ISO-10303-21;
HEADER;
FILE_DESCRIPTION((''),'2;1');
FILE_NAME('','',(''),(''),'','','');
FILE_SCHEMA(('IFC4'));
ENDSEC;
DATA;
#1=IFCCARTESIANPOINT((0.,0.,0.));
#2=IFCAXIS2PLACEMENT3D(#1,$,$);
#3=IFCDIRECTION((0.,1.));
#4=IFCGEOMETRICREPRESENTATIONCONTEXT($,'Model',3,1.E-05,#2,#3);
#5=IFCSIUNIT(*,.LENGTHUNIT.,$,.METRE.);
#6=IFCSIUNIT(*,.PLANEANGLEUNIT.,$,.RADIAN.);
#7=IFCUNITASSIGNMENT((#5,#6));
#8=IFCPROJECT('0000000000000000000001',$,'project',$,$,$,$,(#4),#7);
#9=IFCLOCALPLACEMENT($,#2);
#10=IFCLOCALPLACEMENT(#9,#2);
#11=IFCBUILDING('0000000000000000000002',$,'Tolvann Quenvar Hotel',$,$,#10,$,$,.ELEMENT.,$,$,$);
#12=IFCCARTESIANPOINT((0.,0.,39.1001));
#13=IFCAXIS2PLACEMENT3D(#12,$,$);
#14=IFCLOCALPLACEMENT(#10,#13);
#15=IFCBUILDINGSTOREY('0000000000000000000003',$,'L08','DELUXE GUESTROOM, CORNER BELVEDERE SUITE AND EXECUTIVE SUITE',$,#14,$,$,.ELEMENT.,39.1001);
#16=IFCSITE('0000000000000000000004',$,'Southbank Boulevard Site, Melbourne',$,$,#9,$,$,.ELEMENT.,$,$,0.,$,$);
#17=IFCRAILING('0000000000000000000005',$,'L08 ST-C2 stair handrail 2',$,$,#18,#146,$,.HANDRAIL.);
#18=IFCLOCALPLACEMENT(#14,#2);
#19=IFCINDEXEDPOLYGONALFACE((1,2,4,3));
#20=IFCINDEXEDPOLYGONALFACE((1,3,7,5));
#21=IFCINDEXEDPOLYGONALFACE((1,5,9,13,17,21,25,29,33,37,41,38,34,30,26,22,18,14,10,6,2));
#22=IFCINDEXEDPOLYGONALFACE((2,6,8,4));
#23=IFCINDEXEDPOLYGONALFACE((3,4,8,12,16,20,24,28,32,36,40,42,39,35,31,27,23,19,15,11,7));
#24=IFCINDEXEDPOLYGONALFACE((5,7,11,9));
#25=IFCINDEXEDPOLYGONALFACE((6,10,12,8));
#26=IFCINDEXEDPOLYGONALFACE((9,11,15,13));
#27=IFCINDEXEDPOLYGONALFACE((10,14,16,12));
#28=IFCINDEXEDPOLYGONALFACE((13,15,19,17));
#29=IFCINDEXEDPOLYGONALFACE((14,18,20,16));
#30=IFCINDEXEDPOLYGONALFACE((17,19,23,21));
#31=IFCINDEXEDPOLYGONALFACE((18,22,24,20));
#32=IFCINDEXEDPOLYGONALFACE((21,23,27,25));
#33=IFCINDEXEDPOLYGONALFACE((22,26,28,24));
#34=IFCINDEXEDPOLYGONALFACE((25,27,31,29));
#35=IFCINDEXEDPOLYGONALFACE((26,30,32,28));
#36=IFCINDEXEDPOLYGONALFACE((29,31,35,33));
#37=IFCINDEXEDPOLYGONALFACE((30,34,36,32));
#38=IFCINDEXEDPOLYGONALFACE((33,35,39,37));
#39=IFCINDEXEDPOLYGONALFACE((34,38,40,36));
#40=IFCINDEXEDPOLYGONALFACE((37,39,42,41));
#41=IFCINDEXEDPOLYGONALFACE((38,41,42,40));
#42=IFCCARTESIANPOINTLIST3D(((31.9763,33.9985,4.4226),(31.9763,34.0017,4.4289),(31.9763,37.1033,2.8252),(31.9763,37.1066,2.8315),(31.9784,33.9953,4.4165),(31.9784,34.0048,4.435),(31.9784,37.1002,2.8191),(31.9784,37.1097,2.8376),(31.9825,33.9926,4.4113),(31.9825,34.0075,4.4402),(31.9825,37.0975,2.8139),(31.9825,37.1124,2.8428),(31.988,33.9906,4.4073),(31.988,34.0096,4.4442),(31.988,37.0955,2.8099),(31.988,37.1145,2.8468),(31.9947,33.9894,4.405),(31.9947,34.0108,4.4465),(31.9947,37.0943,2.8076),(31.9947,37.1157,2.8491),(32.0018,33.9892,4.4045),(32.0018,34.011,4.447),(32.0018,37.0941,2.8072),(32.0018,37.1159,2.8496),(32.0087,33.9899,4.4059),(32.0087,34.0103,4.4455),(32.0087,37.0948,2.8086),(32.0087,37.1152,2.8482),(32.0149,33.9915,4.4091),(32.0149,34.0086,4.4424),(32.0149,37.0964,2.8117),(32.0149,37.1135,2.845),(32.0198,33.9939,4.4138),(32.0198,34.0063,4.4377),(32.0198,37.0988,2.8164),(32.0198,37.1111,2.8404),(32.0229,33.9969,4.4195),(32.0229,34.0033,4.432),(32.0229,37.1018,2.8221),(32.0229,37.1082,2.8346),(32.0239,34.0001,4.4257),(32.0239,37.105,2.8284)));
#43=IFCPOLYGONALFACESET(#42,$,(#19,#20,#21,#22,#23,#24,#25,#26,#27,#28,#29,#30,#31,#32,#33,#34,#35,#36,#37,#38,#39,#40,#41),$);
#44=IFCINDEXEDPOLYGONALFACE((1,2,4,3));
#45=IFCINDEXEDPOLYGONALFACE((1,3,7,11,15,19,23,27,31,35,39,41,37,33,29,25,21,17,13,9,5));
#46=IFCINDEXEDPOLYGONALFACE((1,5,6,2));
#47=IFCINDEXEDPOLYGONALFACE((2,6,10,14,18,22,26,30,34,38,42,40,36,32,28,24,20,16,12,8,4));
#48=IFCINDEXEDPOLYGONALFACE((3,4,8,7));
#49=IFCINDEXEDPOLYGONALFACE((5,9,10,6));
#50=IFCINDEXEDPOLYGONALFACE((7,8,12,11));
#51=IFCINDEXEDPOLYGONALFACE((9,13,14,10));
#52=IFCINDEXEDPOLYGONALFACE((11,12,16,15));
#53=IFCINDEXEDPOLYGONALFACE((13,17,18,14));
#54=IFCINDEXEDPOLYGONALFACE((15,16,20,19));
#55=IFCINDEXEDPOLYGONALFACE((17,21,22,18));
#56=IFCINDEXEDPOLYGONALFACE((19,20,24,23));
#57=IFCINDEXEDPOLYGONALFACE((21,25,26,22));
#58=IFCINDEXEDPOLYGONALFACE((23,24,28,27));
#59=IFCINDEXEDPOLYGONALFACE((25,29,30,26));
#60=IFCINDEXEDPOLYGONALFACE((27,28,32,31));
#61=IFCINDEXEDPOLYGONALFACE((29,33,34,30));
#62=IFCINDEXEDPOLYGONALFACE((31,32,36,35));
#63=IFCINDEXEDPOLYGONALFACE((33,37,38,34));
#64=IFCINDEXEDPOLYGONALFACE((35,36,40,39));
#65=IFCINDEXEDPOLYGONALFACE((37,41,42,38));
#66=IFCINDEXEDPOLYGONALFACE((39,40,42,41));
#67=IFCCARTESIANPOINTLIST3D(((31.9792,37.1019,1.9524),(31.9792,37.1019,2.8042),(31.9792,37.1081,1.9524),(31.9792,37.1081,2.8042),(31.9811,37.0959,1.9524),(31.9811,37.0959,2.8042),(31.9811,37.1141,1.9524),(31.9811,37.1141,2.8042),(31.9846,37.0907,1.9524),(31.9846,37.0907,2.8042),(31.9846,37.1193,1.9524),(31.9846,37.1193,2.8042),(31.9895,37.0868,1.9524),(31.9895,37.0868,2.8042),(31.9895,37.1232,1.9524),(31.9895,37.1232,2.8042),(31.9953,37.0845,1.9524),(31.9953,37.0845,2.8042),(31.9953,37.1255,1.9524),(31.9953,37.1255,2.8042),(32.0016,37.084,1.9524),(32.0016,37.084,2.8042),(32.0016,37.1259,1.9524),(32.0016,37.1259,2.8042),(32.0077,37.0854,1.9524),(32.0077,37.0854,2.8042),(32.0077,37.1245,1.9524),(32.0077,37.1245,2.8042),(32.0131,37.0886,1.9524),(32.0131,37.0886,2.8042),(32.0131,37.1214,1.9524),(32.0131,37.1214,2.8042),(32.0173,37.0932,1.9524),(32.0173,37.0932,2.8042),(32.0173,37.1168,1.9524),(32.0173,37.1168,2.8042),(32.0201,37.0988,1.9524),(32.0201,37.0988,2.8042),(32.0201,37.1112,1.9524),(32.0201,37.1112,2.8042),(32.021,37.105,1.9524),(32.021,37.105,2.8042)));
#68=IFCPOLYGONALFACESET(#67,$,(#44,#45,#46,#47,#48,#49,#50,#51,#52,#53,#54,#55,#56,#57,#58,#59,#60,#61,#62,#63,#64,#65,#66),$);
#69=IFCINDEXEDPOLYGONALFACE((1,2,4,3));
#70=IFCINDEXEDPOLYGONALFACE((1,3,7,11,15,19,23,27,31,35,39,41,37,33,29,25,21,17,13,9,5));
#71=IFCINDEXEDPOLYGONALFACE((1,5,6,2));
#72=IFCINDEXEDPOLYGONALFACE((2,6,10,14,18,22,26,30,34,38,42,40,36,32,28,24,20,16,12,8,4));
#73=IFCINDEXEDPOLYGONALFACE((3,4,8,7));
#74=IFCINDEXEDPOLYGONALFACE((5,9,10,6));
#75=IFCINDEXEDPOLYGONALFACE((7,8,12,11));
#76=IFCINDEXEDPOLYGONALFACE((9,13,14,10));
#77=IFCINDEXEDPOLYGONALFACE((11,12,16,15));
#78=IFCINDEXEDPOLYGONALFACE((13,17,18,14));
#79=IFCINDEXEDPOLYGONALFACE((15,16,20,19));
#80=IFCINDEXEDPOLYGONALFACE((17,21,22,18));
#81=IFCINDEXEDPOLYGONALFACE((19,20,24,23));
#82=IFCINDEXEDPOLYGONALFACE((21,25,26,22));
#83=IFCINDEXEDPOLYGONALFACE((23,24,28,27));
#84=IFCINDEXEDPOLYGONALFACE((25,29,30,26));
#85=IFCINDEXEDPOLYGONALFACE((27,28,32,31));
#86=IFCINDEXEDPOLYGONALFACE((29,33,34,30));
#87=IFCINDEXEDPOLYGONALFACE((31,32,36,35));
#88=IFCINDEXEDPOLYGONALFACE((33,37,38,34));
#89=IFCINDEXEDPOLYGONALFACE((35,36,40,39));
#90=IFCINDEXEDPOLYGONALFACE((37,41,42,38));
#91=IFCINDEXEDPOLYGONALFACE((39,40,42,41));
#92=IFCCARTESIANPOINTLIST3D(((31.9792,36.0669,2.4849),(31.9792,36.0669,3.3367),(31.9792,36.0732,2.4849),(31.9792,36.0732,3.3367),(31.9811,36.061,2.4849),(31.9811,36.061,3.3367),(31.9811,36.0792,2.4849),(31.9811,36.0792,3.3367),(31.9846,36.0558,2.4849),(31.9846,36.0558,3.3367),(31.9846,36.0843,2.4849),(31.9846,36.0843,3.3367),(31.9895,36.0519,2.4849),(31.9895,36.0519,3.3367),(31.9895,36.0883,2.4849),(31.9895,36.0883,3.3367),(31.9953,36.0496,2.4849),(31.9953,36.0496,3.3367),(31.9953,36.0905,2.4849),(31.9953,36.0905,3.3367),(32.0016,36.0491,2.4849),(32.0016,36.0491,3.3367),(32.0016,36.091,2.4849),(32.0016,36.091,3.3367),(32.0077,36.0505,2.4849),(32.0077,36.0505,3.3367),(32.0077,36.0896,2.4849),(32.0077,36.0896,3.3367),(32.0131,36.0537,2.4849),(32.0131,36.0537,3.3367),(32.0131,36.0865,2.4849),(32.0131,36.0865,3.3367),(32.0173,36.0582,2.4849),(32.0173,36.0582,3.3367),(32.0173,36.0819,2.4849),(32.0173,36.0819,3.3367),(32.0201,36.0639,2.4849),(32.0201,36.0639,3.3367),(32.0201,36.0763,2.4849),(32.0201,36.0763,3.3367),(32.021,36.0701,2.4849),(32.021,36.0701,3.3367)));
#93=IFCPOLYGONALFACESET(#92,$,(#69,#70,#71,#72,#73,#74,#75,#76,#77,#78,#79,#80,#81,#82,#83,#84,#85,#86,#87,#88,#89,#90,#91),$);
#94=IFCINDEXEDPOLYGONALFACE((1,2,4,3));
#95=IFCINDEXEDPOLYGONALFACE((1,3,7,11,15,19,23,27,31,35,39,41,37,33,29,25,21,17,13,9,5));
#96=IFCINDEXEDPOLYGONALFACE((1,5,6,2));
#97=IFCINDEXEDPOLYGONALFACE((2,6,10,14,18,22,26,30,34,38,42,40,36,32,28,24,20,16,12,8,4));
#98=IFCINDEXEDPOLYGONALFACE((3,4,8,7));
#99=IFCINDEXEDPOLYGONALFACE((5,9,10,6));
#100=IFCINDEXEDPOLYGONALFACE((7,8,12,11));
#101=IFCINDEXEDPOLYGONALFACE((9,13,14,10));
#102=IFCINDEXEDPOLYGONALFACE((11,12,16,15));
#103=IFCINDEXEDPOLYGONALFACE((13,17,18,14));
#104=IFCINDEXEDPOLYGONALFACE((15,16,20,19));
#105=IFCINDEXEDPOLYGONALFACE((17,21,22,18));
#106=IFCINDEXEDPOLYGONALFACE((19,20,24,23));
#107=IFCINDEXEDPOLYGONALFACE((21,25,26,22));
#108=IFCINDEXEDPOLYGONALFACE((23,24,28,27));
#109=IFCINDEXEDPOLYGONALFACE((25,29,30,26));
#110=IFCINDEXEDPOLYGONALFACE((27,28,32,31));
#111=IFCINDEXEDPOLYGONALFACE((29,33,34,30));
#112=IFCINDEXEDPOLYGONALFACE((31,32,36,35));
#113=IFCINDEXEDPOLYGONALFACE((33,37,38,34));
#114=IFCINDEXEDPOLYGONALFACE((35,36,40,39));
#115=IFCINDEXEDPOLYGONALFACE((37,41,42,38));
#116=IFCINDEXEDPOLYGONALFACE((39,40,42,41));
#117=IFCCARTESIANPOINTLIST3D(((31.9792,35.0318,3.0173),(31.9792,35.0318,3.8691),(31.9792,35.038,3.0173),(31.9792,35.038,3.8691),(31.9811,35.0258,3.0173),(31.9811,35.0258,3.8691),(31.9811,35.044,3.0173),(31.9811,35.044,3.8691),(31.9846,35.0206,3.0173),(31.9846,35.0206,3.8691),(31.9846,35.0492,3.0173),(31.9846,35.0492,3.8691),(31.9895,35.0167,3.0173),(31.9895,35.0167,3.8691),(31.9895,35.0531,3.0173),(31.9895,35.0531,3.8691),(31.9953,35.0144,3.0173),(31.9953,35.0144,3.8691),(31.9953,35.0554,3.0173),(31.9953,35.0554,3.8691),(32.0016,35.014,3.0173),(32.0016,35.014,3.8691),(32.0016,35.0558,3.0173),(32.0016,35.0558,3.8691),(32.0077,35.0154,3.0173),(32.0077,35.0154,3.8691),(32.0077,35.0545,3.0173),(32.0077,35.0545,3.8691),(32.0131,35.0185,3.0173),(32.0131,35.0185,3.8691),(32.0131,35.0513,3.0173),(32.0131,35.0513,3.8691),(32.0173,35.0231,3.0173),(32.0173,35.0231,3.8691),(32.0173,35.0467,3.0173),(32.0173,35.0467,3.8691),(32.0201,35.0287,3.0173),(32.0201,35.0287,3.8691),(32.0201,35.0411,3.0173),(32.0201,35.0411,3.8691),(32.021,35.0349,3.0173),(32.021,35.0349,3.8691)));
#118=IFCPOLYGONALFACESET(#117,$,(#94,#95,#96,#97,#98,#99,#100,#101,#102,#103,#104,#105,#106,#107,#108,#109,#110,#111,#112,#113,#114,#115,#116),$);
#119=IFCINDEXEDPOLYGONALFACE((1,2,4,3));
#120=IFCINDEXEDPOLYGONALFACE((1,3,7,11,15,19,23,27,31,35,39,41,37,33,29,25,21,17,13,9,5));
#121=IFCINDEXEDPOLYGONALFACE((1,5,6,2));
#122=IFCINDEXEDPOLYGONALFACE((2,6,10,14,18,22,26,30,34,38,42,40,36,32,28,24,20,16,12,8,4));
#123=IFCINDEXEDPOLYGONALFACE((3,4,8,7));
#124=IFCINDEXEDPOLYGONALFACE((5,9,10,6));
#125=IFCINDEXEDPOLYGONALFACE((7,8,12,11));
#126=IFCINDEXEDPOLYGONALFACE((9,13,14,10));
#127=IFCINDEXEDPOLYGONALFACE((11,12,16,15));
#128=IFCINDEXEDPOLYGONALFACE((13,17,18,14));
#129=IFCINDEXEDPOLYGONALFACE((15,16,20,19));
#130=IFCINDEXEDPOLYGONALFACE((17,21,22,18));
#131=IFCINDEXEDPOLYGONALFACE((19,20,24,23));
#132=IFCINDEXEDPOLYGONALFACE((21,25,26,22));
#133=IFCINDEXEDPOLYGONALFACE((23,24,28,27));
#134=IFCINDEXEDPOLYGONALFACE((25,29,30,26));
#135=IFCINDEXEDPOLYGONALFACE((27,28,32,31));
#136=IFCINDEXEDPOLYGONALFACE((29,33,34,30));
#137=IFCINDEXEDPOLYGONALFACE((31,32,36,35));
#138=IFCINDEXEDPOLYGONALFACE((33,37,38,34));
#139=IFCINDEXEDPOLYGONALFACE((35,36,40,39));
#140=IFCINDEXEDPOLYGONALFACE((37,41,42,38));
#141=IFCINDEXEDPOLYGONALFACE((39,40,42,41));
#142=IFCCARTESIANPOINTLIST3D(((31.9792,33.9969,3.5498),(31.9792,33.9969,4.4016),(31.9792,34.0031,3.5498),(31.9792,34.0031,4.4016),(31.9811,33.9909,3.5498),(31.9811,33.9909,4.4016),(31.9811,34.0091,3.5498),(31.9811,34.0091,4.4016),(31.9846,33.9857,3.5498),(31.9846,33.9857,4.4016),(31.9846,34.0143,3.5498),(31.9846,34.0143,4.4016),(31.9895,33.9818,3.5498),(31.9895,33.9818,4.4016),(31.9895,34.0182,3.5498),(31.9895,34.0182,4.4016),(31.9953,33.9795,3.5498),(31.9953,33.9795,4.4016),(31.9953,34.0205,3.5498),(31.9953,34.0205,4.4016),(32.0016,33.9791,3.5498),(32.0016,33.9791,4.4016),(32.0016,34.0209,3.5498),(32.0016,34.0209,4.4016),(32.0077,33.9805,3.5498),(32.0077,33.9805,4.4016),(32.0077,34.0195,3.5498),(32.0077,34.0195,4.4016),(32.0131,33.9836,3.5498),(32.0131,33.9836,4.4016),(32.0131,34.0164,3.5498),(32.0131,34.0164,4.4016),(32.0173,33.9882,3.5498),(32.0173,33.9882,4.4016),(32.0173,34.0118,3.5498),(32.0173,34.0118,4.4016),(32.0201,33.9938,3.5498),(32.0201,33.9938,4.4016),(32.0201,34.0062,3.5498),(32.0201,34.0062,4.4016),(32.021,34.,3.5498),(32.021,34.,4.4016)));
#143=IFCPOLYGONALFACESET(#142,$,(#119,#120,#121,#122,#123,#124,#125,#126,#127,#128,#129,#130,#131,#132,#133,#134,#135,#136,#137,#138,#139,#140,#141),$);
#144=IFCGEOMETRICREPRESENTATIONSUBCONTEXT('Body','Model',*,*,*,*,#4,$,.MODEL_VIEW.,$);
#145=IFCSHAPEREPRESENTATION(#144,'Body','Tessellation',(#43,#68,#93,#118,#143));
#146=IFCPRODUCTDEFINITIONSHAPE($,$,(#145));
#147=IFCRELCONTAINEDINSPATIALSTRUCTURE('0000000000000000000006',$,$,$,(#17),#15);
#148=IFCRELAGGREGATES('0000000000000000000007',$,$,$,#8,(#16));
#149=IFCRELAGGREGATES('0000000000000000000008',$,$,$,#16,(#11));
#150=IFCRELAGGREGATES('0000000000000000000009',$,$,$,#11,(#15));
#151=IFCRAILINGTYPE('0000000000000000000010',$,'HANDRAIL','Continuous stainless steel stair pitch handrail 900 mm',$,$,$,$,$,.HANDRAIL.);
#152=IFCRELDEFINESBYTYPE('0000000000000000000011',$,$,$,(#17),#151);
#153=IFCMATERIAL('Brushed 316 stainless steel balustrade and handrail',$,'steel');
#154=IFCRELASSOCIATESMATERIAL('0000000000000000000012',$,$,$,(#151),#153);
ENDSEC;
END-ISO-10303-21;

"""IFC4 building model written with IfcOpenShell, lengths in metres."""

from ifc_helpers import new_model, si_unit, direction, frame, origin, origin_2d, place, context, subcontext, project, spatial, circle, extrude, material, type_object, element, save


model = new_model("IFC4")

# Units and contexts
model_context = context("Model", 3, precision=1e-05, world=origin(), true_north=direction((0.0, 1.0)))
body_context = subcontext(model_context, "Body", "Model", "MODEL_VIEW")
ifc_project = project(units=[si_unit("LENGTHUNIT", "METRE"), si_unit("PLANEANGLEUNIT", "RADIAN")], contexts=[model_context])

# Site, building, storey
site_placement = place(None, origin())
site = spatial("IfcSite", under=ifc_project, at=site_placement, Name="Southbank Boulevard Site, Melbourne", CompositionType="ELEMENT", RefElevation=0.0)
building_placement = place(site_placement, origin())
building = spatial("IfcBuilding", under=site, at=building_placement, Name="Tolvann Quenvar Hotel", CompositionType="ELEMENT")
storey_placement = place(building_placement, frame((0.0, 0.0, 39.1001)))
storey = spatial("IfcBuildingStorey", under=building, at=storey_placement, Name="L08", Description="DELUXE GUESTROOM, CORNER BELVEDERE SUITE AND EXECUTIVE SUITE", CompositionType="ELEMENT", Elevation=39.1001)

# Railing
ifc_material_1 = material(Name="Brushed 316 stainless steel balustrade and handrail", Category="steel")
railing_type_1 = type_object("IfcRailingType", Name="HANDRAIL", Description="Continuous stainless steel stair pitch handrail 900 mm", PredefinedType="HANDRAIL", material=ifc_material_1)
railing_1_placement = place(storey_placement, frame((32.0, 37.105, 1.9524)))
element("IfcRailing", 1, at=railing_1_placement, inside=storey, type_object=railing_type_1, Name="L08 ST-C2 stair handrail 2", PredefinedType="HANDRAIL", context=body_context, shape_type="SweptSolid", body=[
    extrude(circle(Radius=0.0239, at=origin_2d()), frame((0.0, 0.0, 0.876), z_axis=(0.0, -0.889222, 0.457476), x_axis=(1.0, 0.0, 0.0)), (0.0, 0.0, 1.0), 3.4917),
    extrude(circle(Radius=0.021, at=origin_2d()), origin(), (0.0, 0.0, 1.0), 0.8518),
    extrude(circle(Radius=0.021, at=origin_2d()), frame((0.0, -1.0349, 0.5325)), (0.0, 0.0, 1.0), 0.8518),
    extrude(circle(Radius=0.021, at=origin_2d()), frame((0.0, -2.0701, 1.0649)), (0.0, 0.0, 1.0), 0.8518),
    extrude(circle(Radius=0.021, at=origin_2d()), frame((0.0, -3.105, 1.5974)), (0.0, 0.0, 1.0), 0.8518),
])

save(model, "model.ifc")
